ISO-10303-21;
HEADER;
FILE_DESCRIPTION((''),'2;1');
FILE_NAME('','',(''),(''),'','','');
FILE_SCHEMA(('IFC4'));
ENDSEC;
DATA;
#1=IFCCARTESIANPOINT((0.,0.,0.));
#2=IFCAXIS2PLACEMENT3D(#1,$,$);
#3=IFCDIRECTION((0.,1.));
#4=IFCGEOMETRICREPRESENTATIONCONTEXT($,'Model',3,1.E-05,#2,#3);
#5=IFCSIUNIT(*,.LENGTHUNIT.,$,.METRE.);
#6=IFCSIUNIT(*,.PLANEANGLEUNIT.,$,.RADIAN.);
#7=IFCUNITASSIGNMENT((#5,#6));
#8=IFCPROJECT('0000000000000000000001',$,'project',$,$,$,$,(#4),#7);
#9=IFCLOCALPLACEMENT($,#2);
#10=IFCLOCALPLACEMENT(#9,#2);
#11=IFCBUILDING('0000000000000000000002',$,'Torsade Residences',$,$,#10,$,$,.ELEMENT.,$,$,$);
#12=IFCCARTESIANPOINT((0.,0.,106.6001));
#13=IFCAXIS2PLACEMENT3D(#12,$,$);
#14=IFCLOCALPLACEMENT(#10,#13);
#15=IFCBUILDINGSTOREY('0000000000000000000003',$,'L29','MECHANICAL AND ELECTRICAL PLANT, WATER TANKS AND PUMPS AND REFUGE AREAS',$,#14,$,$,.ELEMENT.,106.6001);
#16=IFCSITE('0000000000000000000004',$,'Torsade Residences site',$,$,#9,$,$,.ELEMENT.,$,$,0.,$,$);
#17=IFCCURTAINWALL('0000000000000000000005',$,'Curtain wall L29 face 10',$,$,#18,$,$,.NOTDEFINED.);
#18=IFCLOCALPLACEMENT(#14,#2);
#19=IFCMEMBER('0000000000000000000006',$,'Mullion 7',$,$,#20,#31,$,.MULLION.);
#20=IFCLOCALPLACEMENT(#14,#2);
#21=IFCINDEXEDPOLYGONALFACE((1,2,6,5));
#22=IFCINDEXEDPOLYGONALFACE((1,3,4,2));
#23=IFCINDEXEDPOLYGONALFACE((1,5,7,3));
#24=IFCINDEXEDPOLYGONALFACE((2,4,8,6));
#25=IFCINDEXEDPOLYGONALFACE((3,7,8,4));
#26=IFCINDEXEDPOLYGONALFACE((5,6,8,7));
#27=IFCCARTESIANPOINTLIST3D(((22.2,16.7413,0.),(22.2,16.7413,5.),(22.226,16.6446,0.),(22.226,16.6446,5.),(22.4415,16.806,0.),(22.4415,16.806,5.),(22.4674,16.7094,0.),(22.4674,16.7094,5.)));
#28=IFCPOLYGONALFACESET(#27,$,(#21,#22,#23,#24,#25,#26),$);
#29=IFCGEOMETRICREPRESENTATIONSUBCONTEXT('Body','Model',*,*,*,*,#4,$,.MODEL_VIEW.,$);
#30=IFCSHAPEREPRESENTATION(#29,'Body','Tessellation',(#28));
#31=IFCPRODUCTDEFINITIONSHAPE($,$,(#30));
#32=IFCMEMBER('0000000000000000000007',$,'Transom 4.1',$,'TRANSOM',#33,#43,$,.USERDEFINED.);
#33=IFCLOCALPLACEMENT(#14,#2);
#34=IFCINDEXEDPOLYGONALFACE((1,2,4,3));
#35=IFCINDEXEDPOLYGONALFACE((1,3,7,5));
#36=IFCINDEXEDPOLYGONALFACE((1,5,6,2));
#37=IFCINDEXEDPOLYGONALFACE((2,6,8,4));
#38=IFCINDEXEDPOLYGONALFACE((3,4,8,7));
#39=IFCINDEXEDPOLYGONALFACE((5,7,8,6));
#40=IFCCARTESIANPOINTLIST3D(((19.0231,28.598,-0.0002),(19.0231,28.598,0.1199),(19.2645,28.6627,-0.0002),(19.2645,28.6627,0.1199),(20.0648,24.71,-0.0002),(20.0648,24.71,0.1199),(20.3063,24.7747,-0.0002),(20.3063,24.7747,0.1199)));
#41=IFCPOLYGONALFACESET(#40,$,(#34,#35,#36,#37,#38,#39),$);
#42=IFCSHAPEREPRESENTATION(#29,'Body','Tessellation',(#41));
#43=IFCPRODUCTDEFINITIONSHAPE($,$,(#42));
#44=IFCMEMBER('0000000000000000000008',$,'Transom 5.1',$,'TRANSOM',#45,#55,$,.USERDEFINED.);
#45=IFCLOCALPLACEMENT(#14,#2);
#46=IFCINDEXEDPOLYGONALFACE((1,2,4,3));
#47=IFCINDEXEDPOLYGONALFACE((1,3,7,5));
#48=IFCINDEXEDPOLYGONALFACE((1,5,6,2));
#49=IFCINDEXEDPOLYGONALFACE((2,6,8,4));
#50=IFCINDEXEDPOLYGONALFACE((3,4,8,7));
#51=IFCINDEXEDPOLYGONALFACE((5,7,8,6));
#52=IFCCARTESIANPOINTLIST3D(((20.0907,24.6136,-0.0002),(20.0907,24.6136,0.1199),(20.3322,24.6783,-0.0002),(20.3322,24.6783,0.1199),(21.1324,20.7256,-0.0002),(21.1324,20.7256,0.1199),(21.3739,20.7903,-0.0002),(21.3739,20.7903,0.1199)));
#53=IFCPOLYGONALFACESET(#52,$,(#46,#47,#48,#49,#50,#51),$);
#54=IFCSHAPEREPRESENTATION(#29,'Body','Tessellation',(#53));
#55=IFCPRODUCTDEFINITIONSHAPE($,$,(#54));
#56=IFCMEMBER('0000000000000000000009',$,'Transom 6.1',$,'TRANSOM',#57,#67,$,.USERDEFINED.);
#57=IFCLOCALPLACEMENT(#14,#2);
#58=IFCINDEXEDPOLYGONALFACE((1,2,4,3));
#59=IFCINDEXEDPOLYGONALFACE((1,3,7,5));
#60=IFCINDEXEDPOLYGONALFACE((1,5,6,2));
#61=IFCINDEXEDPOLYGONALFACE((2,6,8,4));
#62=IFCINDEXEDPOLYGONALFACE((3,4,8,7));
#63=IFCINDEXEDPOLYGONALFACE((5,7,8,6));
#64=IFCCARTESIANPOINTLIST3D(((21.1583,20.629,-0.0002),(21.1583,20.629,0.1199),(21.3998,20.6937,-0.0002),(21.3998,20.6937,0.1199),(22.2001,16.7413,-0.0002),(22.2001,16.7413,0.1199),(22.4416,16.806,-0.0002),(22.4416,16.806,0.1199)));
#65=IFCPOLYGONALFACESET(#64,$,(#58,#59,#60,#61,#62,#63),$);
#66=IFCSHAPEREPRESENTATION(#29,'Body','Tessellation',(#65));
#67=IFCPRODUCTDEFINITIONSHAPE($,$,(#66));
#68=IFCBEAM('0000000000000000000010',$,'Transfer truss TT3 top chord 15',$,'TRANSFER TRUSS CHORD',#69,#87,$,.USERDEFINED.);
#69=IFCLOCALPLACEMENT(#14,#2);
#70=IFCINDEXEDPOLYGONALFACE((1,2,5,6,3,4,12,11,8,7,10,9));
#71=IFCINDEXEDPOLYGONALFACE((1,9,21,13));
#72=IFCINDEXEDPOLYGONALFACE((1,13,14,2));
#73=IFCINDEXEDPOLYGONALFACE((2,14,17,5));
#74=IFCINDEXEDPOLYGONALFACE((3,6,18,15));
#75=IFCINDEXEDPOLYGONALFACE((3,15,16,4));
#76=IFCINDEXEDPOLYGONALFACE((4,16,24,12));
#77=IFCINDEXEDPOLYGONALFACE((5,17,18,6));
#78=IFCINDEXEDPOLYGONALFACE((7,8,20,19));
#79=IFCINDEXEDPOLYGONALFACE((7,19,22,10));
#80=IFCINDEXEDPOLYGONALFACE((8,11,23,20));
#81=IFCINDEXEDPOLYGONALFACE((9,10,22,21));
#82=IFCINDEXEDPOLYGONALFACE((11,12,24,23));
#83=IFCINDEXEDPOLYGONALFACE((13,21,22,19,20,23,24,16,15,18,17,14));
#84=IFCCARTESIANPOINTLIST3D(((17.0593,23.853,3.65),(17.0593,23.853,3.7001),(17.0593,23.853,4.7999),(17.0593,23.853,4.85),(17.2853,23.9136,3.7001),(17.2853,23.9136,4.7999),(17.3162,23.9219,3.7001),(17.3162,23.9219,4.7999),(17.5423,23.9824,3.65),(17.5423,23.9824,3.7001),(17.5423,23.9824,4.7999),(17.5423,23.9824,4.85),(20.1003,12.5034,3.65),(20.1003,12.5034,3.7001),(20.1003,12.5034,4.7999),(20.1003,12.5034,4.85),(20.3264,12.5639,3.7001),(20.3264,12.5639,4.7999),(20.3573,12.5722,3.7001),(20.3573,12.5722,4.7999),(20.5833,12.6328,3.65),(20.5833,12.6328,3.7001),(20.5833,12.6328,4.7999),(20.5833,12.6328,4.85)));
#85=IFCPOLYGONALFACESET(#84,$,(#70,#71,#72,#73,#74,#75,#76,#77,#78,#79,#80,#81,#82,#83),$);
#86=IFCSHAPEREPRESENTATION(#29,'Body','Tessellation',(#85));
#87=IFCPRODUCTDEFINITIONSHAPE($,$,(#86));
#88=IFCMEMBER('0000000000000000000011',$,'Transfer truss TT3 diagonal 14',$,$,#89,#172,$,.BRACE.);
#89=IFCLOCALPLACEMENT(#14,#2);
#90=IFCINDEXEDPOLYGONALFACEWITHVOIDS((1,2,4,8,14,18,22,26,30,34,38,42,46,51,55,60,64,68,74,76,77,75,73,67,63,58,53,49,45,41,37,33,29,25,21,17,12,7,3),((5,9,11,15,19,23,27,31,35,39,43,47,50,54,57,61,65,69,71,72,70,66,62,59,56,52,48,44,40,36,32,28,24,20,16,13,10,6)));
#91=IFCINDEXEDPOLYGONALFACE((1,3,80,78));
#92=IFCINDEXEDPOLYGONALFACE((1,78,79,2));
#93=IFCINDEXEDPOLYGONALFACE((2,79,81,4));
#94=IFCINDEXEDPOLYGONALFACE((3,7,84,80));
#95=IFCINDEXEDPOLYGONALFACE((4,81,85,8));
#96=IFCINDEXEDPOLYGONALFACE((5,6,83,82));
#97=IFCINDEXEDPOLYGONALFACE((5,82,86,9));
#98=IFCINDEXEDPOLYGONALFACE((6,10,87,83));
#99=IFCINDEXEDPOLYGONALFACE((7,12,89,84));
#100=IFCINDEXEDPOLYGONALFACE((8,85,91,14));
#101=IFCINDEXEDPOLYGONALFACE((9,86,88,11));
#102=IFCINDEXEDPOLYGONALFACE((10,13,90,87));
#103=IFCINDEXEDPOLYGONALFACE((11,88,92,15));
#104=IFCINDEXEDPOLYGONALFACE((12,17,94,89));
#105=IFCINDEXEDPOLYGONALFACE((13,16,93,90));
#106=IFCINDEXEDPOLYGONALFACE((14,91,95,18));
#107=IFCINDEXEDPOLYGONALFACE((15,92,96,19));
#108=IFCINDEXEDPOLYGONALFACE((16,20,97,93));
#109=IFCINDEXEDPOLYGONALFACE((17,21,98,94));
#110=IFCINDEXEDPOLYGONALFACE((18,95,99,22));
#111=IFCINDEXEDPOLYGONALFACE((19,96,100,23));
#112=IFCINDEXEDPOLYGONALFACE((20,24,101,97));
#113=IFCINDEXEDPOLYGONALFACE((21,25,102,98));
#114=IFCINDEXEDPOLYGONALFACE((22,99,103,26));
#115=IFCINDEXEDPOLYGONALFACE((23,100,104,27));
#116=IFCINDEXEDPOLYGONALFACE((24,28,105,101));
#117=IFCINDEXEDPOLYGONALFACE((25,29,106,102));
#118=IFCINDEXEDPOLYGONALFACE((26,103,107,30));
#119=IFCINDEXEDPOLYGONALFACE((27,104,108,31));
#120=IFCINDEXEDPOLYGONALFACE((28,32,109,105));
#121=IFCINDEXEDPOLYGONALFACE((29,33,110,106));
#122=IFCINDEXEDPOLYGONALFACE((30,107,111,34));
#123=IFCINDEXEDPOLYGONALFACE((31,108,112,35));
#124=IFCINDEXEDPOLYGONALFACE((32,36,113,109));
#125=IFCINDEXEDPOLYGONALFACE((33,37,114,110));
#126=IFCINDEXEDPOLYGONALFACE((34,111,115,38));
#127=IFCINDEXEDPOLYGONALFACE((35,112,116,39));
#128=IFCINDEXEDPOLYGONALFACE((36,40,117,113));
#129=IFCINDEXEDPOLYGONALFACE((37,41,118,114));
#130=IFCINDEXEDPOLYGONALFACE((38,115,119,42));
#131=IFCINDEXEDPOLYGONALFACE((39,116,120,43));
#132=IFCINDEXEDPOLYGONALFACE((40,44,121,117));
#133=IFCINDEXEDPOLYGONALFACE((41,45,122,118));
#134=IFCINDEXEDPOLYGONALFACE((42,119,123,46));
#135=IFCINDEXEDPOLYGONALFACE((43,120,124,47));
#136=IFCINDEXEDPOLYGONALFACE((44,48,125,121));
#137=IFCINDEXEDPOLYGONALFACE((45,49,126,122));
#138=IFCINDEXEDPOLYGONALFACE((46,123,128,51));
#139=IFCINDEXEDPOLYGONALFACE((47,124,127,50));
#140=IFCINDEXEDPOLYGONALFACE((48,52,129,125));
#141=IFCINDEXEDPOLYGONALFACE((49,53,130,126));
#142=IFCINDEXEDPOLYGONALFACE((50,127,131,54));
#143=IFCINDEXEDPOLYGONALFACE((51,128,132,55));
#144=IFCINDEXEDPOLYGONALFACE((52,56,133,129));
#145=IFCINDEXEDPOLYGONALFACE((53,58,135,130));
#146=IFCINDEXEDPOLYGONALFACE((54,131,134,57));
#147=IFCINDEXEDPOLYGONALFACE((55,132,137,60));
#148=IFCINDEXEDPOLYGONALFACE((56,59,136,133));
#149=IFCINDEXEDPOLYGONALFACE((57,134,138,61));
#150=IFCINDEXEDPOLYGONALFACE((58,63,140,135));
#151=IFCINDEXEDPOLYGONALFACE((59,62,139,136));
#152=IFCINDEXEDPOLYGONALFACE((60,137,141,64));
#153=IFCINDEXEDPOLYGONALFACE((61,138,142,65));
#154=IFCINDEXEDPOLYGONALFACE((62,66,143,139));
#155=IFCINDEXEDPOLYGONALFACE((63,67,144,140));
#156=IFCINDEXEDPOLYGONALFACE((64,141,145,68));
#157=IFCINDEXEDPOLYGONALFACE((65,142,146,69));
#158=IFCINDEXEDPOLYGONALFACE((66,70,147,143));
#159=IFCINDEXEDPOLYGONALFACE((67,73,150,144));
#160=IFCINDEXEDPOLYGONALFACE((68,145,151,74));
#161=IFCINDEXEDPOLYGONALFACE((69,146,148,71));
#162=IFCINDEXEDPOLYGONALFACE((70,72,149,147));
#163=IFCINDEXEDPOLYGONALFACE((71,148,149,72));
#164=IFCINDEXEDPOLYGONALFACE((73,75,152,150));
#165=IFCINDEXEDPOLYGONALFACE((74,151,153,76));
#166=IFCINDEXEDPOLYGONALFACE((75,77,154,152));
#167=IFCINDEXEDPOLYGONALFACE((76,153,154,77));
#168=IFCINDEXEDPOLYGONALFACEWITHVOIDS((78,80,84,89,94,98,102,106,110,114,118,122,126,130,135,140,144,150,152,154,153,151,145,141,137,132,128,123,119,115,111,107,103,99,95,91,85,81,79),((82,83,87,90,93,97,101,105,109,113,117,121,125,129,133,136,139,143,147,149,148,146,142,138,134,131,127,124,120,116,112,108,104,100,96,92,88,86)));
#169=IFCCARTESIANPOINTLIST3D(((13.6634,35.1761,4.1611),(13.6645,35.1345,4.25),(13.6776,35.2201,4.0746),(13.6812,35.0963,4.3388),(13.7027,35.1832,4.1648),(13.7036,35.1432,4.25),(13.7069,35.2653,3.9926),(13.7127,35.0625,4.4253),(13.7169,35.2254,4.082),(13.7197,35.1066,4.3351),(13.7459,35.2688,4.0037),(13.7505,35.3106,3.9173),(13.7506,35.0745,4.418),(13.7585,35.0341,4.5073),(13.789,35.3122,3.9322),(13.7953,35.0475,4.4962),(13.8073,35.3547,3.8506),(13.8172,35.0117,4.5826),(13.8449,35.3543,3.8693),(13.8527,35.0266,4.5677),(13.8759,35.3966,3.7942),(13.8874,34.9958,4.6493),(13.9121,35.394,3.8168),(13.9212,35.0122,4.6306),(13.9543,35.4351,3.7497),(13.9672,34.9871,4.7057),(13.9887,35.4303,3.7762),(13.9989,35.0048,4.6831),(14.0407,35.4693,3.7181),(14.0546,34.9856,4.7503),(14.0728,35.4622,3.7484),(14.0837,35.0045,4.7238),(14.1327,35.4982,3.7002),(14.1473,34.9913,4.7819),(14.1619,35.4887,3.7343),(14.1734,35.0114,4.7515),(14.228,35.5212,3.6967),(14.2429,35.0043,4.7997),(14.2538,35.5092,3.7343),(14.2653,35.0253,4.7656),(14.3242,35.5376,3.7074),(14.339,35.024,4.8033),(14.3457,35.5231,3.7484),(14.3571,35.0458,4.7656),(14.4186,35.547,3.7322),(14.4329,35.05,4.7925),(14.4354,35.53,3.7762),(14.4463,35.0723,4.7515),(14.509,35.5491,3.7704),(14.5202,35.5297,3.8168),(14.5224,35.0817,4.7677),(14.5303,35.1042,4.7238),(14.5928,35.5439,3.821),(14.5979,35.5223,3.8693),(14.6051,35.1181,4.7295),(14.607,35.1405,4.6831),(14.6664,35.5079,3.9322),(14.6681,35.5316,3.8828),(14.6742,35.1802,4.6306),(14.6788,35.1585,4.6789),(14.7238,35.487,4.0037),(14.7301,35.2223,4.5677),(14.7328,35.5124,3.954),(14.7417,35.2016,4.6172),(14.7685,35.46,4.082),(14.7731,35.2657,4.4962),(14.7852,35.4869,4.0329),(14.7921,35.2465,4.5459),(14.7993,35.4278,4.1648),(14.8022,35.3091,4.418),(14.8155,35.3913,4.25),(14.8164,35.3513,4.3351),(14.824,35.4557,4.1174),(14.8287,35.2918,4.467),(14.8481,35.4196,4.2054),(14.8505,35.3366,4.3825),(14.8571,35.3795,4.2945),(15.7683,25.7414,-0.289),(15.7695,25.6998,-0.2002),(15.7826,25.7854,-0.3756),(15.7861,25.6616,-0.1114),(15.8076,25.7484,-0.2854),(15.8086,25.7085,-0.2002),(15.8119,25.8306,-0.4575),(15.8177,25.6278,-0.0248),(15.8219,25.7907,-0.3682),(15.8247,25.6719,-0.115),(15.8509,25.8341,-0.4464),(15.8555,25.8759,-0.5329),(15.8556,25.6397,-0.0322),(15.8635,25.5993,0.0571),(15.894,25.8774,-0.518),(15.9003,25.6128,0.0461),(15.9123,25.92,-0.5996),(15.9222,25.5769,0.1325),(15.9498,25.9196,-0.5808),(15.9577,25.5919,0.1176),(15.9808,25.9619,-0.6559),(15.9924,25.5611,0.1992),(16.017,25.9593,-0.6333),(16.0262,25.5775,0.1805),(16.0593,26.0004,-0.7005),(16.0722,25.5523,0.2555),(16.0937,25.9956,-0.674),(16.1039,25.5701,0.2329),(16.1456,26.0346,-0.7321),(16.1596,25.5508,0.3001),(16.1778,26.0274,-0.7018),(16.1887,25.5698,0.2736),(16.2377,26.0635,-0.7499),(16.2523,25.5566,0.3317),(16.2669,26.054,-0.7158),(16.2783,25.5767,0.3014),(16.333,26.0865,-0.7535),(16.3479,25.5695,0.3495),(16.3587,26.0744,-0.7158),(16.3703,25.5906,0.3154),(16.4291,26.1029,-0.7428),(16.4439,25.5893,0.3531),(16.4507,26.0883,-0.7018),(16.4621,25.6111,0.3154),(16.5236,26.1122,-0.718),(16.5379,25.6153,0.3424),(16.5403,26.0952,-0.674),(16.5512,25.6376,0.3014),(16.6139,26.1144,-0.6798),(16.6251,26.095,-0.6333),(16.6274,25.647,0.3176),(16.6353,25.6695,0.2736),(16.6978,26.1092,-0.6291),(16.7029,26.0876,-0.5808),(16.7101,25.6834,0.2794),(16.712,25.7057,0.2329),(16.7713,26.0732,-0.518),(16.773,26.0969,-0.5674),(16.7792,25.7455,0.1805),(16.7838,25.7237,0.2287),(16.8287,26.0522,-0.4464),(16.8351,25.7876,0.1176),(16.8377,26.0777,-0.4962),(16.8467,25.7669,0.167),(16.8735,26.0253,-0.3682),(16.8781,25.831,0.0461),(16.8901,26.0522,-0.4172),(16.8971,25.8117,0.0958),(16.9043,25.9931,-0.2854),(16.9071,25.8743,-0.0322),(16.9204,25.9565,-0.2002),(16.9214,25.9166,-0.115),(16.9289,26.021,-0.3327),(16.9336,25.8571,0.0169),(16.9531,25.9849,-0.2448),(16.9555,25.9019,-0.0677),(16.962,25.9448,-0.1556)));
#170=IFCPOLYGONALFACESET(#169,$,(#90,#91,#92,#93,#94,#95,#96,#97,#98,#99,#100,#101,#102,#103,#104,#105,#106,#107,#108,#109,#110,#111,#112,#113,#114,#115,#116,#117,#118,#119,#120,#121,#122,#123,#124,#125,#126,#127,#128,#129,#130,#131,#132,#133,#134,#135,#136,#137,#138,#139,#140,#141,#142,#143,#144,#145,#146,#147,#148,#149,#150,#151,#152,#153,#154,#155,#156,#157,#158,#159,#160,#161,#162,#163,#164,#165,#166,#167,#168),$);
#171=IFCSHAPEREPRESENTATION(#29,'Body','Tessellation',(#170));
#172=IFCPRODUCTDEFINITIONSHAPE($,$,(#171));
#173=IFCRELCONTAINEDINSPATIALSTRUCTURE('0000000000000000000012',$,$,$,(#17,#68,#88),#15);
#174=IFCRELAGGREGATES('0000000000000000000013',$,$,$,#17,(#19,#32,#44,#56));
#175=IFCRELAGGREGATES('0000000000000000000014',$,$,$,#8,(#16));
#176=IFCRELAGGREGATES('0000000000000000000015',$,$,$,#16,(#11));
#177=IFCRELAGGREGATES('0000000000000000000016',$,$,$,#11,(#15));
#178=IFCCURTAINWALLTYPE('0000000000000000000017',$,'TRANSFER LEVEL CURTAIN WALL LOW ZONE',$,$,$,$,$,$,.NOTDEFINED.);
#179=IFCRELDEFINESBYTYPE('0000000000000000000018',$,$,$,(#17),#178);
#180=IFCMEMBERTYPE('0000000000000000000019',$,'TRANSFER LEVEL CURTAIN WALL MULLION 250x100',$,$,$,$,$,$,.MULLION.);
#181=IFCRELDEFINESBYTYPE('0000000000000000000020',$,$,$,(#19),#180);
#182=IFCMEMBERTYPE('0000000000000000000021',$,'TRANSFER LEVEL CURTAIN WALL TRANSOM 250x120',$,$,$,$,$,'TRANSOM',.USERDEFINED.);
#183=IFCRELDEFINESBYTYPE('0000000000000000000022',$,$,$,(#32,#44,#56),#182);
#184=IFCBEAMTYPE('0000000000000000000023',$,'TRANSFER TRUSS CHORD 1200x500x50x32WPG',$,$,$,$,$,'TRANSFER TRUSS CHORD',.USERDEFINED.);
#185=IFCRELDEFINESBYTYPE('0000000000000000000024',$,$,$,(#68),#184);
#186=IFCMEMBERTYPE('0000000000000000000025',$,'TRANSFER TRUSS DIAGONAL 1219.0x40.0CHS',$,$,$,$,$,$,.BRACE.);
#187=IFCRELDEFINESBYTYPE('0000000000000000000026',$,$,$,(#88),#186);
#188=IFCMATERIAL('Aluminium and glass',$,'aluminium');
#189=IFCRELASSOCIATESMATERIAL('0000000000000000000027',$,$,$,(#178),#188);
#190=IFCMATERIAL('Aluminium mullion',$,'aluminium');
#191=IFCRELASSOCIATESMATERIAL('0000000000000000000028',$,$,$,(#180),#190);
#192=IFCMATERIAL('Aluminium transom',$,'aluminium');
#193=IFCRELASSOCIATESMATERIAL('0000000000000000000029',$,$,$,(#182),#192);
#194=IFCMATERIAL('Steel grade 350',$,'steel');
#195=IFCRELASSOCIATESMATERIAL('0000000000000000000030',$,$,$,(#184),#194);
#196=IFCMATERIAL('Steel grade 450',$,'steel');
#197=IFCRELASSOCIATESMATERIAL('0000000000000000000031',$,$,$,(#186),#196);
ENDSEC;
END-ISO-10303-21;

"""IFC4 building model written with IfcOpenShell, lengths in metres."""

from ifc_helpers import new_model, si_unit, direction, frame, origin, origin_2d, place, context, subcontext, project, spatial, rectangle, hollow_circle, i_section, extrude, material, material_profile, profile_set, type_object, element, aggregate, save


model = new_model("IFC4")

# Units and contexts
model_context = context("Model", 3, precision=1e-05, world=origin(), true_north=direction((0.0, 1.0)))
body_context = subcontext(model_context, "Body", "Model", "MODEL_VIEW")
ifc_project = project(units=[si_unit("LENGTHUNIT", "METRE"), si_unit("PLANEANGLEUNIT", "RADIAN")], contexts=[model_context])

# Site, building, storey
site_placement = place(None, origin())
site = spatial("IfcSite", under=ifc_project, at=site_placement, Name="Torsade Residences site", CompositionType="ELEMENT", RefElevation=0.0)
building_placement = place(site_placement, origin())
building = spatial("IfcBuilding", under=site, at=building_placement, Name="Torsade Residences", CompositionType="ELEMENT")
storey_placement = place(building_placement, frame((0.0, 0.0, 106.6001)))
storey = spatial("IfcBuildingStorey", under=building, at=storey_placement, Name="L29", Description="MECHANICAL AND ELECTRICAL PLANT, WATER TANKS AND PUMPS AND REFUGE AREAS", CompositionType="ELEMENT", Elevation=106.6001)

# Curtain wall, members
ifc_material_1 = material(Name="Aluminium and glass", Category="aluminium")
curtain_wall_type = type_object("IfcCurtainWallType", Name="TRANSFER LEVEL CURTAIN WALL LOW ZONE", PredefinedType="NOTDEFINED", material=ifc_material_1)
curtain_wall_placement = place(storey_placement, origin())
curtain_wall = element("IfcCurtainWall", 1, at=curtain_wall_placement, inside=storey, type_object=curtain_wall_type, Name="Curtain wall L29 face 10", PredefinedType="NOTDEFINED")
ifc_material_2 = material(Name="Aluminium mullion", Category="aluminium")
ifc_material_profile_1 = material_profile(ifc_material_2, rectangle(XDim=0.25, YDim=0.1001, at=origin_2d()), Name="TRANSFER LEVEL CURTAIN WALL MULLION 250x100")
ifc_profile_set_1 = profile_set([ifc_material_profile_1], Name="Aluminium mullion")
member_type_1 = type_object("IfcMemberType", Name="TRANSFER LEVEL CURTAIN WALL MULLION 250x100", PredefinedType="MULLION", material=ifc_profile_set_1)
member_1_placement = place(storey_placement, frame((22.3337, 16.7253, 0.0), z_axis=(0.0, 0.0, 1.0), x_axis=(0.965926, 0.258819, 0.0)))
member_1 = element("IfcMember", 2, at=member_1_placement, type_object=member_type_1, Name="Mullion 7", PredefinedType="MULLION", context=body_context, shape_type="SweptSolid", body=[
    extrude(rectangle(XDim=0.25, YDim=0.1001, at=origin_2d()), origin(), (0.0, 0.0, 1.0), 5.0),
])
ifc_material_3 = material(Name="Aluminium transom", Category="aluminium")
ifc_material_profile_2 = material_profile(ifc_material_3, rectangle(XDim=0.25, YDim=0.1201, at=origin_2d()), Name="TRANSFER LEVEL CURTAIN WALL TRANSOM 250x120")
ifc_profile_set_2 = profile_set([ifc_material_profile_2], Name="Aluminium transom")
member_type_2 = type_object("IfcMemberType", Name="TRANSFER LEVEL CURTAIN WALL TRANSOM 250x120", ElementType="TRANSOM", PredefinedType="USERDEFINED", material=ifc_profile_set_2)
member_2_placement = place(storey_placement, frame((19.1438, 28.6304, 0.0598), z_axis=(0.258814, -0.965927, 0.0), x_axis=(0.965927, 0.258814, 0.0)))
member_2 = element("IfcMember", 3, at=member_2_placement, type_object=member_type_2, Name="Transom 4.1", ObjectType="TRANSOM", PredefinedType="USERDEFINED", context=body_context, shape_type="SweptSolid", body=[
    extrude(rectangle(XDim=0.25, YDim=0.1201, at=origin_2d()), origin(), (0.0, 0.0, 1.0), 4.0251),
])
member_3_placement = place(storey_placement, frame((20.2114, 24.646, 0.0598), z_axis=(0.258814, -0.965927, 0.0), x_axis=(0.965927, 0.258814, 0.0)))
member_3 = element("IfcMember", 4, at=member_3_placement, type_object=member_type_2, Name="Transom 5.1", ObjectType="TRANSOM", PredefinedType="USERDEFINED", context=body_context, shape_type="SweptSolid", body=[
    extrude(rectangle(XDim=0.25, YDim=0.1201, at=origin_2d()), origin(), (0.0, 0.0, 1.0), 4.0251),
])
member_4_placement = place(storey_placement, frame((21.2791, 20.6614, 0.0598), z_axis=(0.258829, -0.965923, 0.0), x_axis=(0.965923, 0.258829, 0.0)))
member_4 = element("IfcMember", 5, at=member_4_placement, type_object=member_type_2, Name="Transom 6.1", ObjectType="TRANSOM", PredefinedType="USERDEFINED", context=body_context, shape_type="SweptSolid", body=[
    extrude(rectangle(XDim=0.25, YDim=0.1201, at=origin_2d()), origin(), (0.0, 0.0, 1.0), 4.0249),
])

# Beam
ifc_material_4 = material(Name="Steel grade 350", Category="steel")
ifc_material_profile_3 = material_profile(ifc_material_4, i_section(OverallWidth=0.5, OverallDepth=1.2, WebThickness=0.032, FlangeThickness=0.05, at=origin_2d()), Name="1200x500x50x32WPG")
ifc_profile_set_3 = profile_set([ifc_material_profile_3], Name="Steel grade 350")
beam_type_1 = type_object("IfcBeamType", Name="TRANSFER TRUSS CHORD 1200x500x50x32WPG", ElementType="TRANSFER TRUSS CHORD", PredefinedType="USERDEFINED", material=ifc_profile_set_3)
beam_1_placement = place(storey_placement, frame((17.3008, 23.9177, 4.25), z_axis=(0.258811, -0.965928, 0.0), x_axis=(0.965928, 0.258811, 0.0)))
element("IfcBeam", 6, at=beam_1_placement, inside=storey, type_object=beam_type_1, Name="Transfer truss TT3 top chord 15", ObjectType="TRANSFER TRUSS CHORD", PredefinedType="USERDEFINED", context=body_context, shape_type="SweptSolid", body=[
    extrude(i_section(OverallWidth=0.5, OverallDepth=1.2, WebThickness=0.032, FlangeThickness=0.05, at=origin_2d()), origin(), (0.0, 0.0, 1.0), 11.75),
])

# Member
ifc_material_5 = material(Name="Steel grade 450", Category="steel")
ifc_material_profile_4 = material_profile(ifc_material_5, hollow_circle(Radius=0.6096, WallThickness=0.04, at=origin_2d()), Name="1219.0x40.0CHS")
ifc_profile_set_4 = profile_set([ifc_material_profile_4], Name="Steel grade 450")
member_type_3 = type_object("IfcMemberType", Name="TRANSFER TRUSS DIAGONAL 1219.0x40.0CHS", PredefinedType="BRACE", material=ifc_profile_set_4)
member_5_placement = place(storey_placement, frame((16.3645, 25.8325, -0.2002), z_axis=(-0.1978, 0.886569, 0.418175), x_axis=(-0.976004, -0.217754, 0.0)))
element("IfcMember", 7, at=member_5_placement, inside=storey, type_object=member_type_3, Name="Transfer truss TT3 diagonal 14", PredefinedType="BRACE", context=body_context, shape_type="SweptSolid", body=[
    extrude(hollow_circle(Radius=0.6096, WallThickness=0.04, at=origin_2d()), origin(), (0.0, 0.0, 1.0), 10.6418),
])

aggregate(curtain_wall, [member_1, member_2, member_3, member_4])

save(model, "model.ifc")
